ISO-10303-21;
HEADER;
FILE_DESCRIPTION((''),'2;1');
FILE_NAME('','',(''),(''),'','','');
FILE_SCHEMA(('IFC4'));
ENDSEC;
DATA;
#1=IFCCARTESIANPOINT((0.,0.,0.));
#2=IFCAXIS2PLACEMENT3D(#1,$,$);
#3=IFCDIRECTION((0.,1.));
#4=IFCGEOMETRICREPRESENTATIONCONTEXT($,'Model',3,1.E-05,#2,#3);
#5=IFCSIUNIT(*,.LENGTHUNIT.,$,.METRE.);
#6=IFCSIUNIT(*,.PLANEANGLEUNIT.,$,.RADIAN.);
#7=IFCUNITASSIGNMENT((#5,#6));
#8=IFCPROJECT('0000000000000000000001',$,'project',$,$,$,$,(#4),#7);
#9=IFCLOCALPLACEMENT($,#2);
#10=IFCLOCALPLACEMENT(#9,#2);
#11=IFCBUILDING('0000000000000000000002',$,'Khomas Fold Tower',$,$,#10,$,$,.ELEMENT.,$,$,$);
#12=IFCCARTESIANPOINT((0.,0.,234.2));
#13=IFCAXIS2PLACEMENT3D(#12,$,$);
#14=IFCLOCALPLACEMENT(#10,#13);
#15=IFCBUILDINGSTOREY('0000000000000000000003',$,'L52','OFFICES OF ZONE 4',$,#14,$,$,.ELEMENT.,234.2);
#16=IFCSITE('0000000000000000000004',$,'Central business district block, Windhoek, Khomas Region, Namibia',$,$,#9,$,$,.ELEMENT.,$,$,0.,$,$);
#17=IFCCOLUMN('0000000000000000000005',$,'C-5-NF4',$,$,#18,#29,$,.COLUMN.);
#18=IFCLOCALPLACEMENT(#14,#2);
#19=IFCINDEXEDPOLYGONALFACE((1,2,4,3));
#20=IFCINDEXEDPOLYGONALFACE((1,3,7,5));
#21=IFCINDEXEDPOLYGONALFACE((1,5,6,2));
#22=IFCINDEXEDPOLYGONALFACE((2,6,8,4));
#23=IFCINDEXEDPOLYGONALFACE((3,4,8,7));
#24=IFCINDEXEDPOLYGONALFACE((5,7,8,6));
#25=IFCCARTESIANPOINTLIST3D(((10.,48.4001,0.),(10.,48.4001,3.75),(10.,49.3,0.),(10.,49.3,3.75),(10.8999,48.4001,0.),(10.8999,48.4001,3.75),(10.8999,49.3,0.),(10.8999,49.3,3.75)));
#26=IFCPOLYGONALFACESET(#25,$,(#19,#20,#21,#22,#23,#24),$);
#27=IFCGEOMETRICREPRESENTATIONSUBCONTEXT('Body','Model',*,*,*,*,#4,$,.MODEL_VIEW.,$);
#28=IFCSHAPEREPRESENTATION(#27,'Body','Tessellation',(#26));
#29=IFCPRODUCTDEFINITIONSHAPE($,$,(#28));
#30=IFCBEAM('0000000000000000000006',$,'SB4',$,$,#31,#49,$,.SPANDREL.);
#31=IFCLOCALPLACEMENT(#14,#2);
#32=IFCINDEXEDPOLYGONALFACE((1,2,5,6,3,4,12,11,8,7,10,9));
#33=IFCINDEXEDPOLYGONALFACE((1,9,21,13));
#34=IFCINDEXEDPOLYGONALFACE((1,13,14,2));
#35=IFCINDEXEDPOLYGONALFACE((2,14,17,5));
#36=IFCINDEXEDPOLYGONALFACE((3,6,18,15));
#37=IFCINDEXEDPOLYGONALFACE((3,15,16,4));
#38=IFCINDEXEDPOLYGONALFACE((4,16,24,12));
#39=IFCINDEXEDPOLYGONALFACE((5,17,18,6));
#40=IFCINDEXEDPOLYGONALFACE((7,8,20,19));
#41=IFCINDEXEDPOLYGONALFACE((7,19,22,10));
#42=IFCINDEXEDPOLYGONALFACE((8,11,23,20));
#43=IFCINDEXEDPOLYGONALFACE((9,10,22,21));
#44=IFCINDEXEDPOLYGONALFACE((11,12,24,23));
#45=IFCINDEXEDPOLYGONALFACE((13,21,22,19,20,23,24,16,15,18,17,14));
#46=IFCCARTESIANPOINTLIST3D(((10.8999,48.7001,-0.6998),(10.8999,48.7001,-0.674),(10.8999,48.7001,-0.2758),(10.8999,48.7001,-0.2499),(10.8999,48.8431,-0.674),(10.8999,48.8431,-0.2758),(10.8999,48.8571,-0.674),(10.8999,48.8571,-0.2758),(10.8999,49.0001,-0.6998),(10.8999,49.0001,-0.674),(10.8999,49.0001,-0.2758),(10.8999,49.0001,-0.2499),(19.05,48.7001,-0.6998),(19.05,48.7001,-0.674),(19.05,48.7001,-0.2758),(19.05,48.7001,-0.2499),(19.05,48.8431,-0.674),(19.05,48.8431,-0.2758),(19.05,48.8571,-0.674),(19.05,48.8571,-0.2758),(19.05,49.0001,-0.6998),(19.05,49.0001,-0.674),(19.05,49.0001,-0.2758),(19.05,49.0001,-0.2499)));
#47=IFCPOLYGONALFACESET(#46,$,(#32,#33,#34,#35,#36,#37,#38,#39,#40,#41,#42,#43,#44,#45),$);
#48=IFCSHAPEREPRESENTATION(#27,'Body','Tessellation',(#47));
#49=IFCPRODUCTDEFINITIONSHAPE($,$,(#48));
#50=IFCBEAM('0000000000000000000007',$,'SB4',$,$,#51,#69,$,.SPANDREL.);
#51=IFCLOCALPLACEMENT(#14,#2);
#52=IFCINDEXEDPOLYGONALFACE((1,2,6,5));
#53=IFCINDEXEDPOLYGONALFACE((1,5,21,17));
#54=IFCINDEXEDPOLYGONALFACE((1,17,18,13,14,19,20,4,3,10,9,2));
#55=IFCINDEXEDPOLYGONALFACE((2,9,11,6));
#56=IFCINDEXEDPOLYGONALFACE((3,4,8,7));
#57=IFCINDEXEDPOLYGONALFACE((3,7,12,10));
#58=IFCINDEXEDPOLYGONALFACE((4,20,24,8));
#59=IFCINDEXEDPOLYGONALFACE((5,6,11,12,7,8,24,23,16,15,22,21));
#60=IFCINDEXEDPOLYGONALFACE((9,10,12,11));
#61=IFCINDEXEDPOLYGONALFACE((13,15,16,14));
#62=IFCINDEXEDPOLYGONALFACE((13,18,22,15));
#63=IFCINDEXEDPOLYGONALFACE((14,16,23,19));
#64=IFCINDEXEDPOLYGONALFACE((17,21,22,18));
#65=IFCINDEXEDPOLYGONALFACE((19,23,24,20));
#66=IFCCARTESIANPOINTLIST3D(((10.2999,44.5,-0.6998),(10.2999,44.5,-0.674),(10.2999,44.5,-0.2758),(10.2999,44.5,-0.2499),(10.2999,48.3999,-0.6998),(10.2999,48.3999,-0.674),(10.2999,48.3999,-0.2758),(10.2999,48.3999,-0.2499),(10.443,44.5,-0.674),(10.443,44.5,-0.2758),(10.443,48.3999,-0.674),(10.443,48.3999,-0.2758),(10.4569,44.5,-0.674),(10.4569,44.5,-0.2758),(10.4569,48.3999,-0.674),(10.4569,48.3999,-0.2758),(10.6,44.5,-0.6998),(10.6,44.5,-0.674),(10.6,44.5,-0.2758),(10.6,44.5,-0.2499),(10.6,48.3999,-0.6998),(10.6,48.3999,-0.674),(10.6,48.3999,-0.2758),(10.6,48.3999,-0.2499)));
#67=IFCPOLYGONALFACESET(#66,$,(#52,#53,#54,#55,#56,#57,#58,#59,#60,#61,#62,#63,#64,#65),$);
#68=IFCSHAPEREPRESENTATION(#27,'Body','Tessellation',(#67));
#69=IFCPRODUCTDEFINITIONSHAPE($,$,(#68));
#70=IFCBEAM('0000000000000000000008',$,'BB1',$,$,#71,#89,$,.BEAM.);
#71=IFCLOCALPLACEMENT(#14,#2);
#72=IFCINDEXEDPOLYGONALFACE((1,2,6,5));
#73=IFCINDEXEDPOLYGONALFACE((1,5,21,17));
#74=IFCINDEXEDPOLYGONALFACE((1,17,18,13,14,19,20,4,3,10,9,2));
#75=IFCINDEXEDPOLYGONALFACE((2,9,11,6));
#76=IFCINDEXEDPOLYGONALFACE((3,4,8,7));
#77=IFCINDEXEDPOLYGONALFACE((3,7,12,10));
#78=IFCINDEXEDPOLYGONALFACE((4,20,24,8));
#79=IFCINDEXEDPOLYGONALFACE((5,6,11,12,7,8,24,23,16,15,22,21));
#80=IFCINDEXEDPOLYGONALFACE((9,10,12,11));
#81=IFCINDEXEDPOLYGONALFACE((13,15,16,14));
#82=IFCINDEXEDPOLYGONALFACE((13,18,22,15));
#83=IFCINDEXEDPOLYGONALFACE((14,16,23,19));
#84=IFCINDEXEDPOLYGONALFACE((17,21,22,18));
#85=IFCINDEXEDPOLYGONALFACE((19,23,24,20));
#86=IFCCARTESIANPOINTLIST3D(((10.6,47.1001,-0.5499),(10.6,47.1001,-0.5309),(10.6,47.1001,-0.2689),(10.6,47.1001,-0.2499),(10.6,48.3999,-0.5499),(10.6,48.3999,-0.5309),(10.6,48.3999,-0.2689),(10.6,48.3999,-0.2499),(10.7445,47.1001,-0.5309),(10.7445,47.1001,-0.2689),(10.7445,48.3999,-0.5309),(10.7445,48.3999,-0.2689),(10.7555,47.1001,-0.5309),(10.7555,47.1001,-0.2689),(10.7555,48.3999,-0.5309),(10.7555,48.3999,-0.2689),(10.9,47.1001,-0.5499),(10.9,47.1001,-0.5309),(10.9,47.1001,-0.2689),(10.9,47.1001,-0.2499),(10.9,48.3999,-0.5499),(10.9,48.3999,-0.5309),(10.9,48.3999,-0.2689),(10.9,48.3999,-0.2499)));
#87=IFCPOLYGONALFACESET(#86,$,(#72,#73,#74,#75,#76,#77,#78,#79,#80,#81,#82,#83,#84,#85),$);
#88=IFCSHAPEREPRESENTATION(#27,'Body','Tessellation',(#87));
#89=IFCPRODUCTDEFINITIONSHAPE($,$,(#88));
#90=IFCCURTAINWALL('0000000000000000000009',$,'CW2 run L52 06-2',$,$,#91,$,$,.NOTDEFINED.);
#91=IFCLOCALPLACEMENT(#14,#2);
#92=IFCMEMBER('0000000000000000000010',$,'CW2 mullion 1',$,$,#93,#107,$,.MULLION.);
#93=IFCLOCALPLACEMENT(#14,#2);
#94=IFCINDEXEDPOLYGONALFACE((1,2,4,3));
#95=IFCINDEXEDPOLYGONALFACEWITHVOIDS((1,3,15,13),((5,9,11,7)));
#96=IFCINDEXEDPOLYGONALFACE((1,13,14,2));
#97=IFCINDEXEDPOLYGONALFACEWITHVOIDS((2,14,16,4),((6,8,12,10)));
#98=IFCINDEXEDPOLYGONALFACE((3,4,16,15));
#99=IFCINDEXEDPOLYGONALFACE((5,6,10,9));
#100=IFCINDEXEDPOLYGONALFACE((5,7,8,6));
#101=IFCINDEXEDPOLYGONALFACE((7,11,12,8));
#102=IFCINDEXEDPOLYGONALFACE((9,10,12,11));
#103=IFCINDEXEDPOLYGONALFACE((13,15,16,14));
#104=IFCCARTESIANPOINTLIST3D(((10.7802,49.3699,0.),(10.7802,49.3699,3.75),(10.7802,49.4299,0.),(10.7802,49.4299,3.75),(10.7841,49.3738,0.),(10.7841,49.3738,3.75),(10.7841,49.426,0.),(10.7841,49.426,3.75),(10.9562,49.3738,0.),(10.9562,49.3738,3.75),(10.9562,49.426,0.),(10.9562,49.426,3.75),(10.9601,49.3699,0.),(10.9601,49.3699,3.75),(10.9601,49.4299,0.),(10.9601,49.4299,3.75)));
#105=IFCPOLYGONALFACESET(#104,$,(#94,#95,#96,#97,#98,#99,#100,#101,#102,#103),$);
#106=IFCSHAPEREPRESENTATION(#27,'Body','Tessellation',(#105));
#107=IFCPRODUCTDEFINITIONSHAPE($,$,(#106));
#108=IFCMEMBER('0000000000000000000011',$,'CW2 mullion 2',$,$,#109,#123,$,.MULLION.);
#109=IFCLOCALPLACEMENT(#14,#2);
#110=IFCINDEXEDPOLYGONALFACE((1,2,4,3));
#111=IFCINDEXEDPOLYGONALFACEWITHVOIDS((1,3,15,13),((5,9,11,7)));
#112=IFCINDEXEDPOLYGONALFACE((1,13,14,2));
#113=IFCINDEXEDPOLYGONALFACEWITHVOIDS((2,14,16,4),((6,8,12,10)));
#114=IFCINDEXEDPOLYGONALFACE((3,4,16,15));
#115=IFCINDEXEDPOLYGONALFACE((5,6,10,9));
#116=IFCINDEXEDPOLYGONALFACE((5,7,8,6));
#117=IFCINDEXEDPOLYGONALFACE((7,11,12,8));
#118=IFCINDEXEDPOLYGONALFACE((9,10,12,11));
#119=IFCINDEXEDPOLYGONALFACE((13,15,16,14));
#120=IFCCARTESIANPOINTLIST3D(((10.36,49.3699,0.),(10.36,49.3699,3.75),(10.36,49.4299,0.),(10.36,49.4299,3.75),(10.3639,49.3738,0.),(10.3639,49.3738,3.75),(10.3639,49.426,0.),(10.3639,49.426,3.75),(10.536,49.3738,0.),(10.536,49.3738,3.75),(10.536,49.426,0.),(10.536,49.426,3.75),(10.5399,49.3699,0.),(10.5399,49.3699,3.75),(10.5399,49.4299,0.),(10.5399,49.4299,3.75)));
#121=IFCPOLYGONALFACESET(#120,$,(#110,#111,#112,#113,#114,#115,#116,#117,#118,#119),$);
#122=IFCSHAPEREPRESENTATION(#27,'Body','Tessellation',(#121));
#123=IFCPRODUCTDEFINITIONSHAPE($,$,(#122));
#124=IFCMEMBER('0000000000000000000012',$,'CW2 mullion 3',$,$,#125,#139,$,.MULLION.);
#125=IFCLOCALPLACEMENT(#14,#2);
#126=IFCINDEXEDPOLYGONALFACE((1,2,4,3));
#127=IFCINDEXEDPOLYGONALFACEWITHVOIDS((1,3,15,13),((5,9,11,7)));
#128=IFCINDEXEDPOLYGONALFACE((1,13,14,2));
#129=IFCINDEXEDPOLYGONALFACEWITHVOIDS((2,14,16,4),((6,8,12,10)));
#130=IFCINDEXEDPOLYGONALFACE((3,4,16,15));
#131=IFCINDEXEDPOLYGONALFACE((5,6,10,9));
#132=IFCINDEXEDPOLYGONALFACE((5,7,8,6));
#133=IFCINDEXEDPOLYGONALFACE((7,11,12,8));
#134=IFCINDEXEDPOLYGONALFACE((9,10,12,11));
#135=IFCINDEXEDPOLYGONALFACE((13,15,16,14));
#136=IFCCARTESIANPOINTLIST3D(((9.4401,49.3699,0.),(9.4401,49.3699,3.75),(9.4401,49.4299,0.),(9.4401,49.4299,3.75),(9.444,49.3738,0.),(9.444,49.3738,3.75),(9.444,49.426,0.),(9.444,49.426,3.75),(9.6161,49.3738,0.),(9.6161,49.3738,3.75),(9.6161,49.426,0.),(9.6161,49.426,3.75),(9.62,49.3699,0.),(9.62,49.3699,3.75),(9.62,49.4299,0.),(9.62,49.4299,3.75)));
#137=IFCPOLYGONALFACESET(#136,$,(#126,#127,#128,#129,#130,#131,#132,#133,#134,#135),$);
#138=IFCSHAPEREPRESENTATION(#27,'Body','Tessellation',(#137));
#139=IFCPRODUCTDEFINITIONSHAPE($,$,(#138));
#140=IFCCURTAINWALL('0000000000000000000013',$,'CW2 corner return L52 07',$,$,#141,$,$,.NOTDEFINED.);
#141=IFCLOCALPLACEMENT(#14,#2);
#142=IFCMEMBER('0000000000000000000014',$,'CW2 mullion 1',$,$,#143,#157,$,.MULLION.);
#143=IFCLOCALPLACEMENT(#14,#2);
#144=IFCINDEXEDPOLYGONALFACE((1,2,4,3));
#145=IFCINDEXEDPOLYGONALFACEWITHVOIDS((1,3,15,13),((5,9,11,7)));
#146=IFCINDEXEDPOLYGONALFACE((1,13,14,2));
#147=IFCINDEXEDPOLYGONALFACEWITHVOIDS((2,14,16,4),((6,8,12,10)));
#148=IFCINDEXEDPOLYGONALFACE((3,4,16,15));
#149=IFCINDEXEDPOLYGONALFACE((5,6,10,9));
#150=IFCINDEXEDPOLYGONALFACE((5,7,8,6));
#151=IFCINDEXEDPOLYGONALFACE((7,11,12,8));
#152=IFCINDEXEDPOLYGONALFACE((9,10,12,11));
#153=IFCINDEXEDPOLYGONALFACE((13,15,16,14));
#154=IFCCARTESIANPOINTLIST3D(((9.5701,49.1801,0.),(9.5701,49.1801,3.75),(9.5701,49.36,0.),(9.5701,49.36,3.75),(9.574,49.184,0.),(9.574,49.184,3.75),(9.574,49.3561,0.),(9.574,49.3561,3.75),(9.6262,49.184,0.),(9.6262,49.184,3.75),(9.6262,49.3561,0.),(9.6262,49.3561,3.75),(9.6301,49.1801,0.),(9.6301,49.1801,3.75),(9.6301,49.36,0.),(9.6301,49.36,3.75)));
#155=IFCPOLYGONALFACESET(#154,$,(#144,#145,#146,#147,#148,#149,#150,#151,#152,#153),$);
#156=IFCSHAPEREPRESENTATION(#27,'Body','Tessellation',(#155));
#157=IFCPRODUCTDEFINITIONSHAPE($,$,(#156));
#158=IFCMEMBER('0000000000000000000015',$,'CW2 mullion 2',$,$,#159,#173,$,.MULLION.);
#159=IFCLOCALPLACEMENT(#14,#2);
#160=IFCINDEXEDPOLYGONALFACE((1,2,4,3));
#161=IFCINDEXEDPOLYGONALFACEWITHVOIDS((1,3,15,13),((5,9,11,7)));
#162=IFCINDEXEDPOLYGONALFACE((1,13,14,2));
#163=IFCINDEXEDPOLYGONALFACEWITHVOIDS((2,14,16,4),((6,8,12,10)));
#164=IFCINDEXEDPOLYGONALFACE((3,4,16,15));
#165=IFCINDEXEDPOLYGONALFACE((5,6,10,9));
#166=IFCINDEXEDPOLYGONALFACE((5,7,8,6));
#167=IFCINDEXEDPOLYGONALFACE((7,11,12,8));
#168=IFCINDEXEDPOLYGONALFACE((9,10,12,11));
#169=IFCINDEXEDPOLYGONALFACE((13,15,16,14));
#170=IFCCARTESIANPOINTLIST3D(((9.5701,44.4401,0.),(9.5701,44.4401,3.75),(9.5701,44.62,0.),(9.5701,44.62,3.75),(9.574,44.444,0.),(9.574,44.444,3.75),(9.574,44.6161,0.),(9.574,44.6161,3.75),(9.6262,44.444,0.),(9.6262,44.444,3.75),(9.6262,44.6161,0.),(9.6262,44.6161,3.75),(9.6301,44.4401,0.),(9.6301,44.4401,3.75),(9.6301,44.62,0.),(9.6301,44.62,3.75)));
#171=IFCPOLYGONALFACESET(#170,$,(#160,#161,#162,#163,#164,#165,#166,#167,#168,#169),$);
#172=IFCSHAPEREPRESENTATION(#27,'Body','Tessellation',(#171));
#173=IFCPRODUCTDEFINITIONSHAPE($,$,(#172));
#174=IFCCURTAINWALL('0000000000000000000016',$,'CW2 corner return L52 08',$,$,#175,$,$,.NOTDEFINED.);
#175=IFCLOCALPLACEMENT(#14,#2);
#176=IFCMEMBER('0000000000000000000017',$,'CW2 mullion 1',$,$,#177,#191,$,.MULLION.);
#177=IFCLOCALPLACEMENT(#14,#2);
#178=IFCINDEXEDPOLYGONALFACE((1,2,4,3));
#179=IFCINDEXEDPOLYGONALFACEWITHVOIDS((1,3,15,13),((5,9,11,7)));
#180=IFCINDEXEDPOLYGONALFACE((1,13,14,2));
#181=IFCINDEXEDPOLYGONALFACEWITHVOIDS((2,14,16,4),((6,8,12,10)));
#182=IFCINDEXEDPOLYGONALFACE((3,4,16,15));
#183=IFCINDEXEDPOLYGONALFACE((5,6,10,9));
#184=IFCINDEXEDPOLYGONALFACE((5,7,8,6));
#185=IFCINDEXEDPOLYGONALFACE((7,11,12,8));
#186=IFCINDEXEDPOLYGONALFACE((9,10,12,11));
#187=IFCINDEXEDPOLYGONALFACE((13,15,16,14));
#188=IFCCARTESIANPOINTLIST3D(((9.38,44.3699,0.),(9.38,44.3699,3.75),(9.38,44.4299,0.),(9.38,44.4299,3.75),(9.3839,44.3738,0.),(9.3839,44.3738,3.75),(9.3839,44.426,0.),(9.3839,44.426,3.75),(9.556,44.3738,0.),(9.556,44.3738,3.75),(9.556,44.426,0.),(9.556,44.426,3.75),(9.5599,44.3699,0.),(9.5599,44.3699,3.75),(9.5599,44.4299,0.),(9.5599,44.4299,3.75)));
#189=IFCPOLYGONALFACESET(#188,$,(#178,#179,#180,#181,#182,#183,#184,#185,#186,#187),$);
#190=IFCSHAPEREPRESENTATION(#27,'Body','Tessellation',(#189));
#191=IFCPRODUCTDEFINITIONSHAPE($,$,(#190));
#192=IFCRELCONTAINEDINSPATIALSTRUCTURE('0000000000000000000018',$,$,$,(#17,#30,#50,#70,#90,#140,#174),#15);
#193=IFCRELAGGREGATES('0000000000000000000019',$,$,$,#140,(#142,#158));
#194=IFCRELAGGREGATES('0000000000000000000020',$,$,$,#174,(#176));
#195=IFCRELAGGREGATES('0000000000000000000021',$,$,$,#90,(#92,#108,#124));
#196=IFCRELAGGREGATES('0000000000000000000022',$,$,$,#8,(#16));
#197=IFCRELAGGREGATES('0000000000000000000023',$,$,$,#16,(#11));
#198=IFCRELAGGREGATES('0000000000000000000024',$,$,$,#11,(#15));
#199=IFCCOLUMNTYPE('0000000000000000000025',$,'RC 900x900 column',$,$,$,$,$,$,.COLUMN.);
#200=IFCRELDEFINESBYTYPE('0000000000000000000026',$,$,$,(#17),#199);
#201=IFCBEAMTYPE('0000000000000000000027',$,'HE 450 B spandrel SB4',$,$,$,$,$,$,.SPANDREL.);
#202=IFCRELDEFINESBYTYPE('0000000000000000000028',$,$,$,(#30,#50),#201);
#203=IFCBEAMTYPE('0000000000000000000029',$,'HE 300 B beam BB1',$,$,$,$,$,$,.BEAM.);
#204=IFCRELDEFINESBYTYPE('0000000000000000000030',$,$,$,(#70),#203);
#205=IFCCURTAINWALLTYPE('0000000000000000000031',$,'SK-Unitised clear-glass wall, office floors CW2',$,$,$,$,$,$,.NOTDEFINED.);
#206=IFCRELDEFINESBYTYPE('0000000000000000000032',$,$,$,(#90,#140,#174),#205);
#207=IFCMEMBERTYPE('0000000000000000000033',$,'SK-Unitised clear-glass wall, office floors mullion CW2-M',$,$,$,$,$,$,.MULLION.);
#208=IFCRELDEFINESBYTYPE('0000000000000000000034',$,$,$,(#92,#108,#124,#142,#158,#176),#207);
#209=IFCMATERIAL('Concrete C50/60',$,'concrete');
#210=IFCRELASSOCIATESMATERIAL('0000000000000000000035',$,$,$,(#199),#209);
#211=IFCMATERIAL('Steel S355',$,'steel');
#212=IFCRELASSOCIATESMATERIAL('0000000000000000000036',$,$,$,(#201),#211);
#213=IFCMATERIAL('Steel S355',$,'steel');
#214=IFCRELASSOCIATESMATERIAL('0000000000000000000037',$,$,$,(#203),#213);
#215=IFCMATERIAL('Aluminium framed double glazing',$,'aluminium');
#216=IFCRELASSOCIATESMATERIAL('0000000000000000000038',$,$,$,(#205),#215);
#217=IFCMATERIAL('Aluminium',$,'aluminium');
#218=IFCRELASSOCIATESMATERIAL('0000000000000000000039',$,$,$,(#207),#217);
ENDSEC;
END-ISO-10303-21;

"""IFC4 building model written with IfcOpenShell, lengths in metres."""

from ifc_helpers import new_model, si_unit, direction, frame, origin, origin_2d, place, context, subcontext, project, spatial, rectangle, hollow_rectangle, i_section, extrude, source, transform, mapped, material, material_profile, profile_set, type_object, element, aggregate, save


model = new_model("IFC4")

# Units and contexts
model_context = context("Model", 3, precision=1e-05, world=origin(), true_north=direction((0.0, 1.0)))
body_context = subcontext(model_context, "Body", "Model", "MODEL_VIEW")
ifc_project = project(units=[si_unit("LENGTHUNIT", "METRE"), si_unit("PLANEANGLEUNIT", "RADIAN")], contexts=[model_context])

# Site, building, storey
site_placement = place(None, origin())
site = spatial("IfcSite", under=ifc_project, at=site_placement, Name="Central business district block, Windhoek, Khomas Region, Namibia", CompositionType="ELEMENT", RefElevation=0.0)
building_placement = place(site_placement, origin())
building = spatial("IfcBuilding", under=site, at=building_placement, Name="Khomas Fold Tower", CompositionType="ELEMENT")
storey_placement = place(building_placement, frame((0.0, 0.0, 234.2)))
storey = spatial("IfcBuildingStorey", under=building, at=storey_placement, Name="L52", Description="OFFICES OF ZONE 4", CompositionType="ELEMENT", Elevation=234.2)

# Column
ifc_material_1 = material(Name="Concrete C50/60", Category="concrete")
ifc_material_profile_1 = material_profile(ifc_material_1, rectangle(XDim=0.8999, YDim=0.8999, at=origin_2d()), Name="RC 900x900")
ifc_profile_set_1 = profile_set([ifc_material_profile_1], Name="Concrete C50/60")
column_type = type_object("IfcColumnType", Name="RC 900x900 column", PredefinedType="COLUMN", material=ifc_profile_set_1)
shared_shape_1 = source(origin(), body_context, "Body", "SweptSolid", [
    extrude(rectangle(XDim=0.8999, YDim=0.8999, at=origin_2d()), origin(), (0.0, 0.0, 1.0), 3.75),
])
column_placement = place(storey_placement, frame((10.45, 48.8501, 0.0), z_axis=(0.0, 0.0, 1.0), x_axis=(1.0, 0.0, 0.0)))
element("IfcColumn", 1, at=column_placement, inside=storey, type_object=column_type, Name="C-5-NF4", PredefinedType="COLUMN", context=body_context, shape_type="MappedRepresentation", body=[
    mapped(shared_shape_1, transform((0.0, 0.0, 0.0))),
])

# Beams
ifc_material_2 = material(Name="Steel S355", Category="steel")
ifc_material_profile_2 = material_profile(ifc_material_2, i_section(OverallWidth=0.3, OverallDepth=0.45, WebThickness=0.0139, FlangeThickness=0.0259, at=origin_2d()), Name="HE 450 B")
ifc_profile_set_2 = profile_set([ifc_material_profile_2], Name="Steel S355")
beam_type_1 = type_object("IfcBeamType", Name="HE 450 B spandrel SB4", PredefinedType="SPANDREL", material=ifc_profile_set_2)
shared_shape_2 = source(origin(), body_context, "Body", "SweptSolid", [
    extrude(i_section(OverallWidth=0.3, OverallDepth=0.45, WebThickness=0.0139, FlangeThickness=0.0259, at=origin_2d()), origin(), (0.0, 0.0, 1.0), 8.1501),
])
beam_1_placement = place(storey_placement, frame((10.8999, 48.8501, -0.4749), z_axis=(1.0, 0.0, 0.0), x_axis=(0.0, 1.0, 0.0)))
element("IfcBeam", 2, at=beam_1_placement, inside=storey, type_object=beam_type_1, Name="SB4", PredefinedType="SPANDREL", context=body_context, shape_type="MappedRepresentation", body=[
    mapped(shared_shape_2, transform((0.0, 0.0, 0.0))),
])
shared_shape_3 = source(origin(), body_context, "Body", "SweptSolid", [
    extrude(i_section(OverallWidth=0.3, OverallDepth=0.45, WebThickness=0.0139, FlangeThickness=0.0259, at=origin_2d()), origin(), (0.0, 0.0, 1.0), 3.8999),
])
beam_2_placement = place(storey_placement, frame((10.45, 44.5, -0.4749), z_axis=(0.0, 1.0, 0.0), x_axis=(-1.0, 0.0, 0.0)))
element("IfcBeam", 3, at=beam_2_placement, inside=storey, type_object=beam_type_1, Name="SB4", PredefinedType="SPANDREL", context=body_context, shape_type="MappedRepresentation", body=[
    mapped(shared_shape_3, transform((0.0, 0.0, 0.0))),
])
ifc_material_3 = material(Name="Steel S355", Category="steel")
ifc_material_profile_3 = material_profile(ifc_material_3, i_section(OverallWidth=0.3, OverallDepth=0.3, WebThickness=0.011, FlangeThickness=0.019, at=origin_2d()), Name="HE 300 B")
ifc_profile_set_3 = profile_set([ifc_material_profile_3], Name="Steel S355")
beam_type_2 = type_object("IfcBeamType", Name="HE 300 B beam BB1", PredefinedType="BEAM", material=ifc_profile_set_3)
shared_shape_4 = source(origin(), body_context, "Body", "SweptSolid", [
    extrude(i_section(OverallWidth=0.3, OverallDepth=0.3, WebThickness=0.011, FlangeThickness=0.019, at=origin_2d()), origin(), (0.0, 0.0, 1.0), 1.2998),
])
beam_3_placement = place(storey_placement, frame((10.75, 47.1001, -0.3999), z_axis=(0.0, 1.0, 0.0), x_axis=(-1.0, 0.0, 0.0)))
element("IfcBeam", 4, at=beam_3_placement, inside=storey, type_object=beam_type_2, Name="BB1", PredefinedType="BEAM", context=body_context, shape_type="MappedRepresentation", body=[
    mapped(shared_shape_4, transform((0.0, 0.0, 0.0))),
])

# Curtain walls, members
ifc_material_4 = material(Name="Aluminium framed double glazing", Category="aluminium")
curtain_wall_type = type_object("IfcCurtainWallType", Name="SK-Unitised clear-glass wall, office floors CW2", PredefinedType="NOTDEFINED", material=ifc_material_4)
curtain_wall_1_placement = place(storey_placement, origin())
curtain_wall_1 = element("IfcCurtainWall", 5, at=curtain_wall_1_placement, inside=storey, type_object=curtain_wall_type, Name="CW2 run L52 06-2", PredefinedType="NOTDEFINED")
ifc_material_5 = material(Name="Aluminium", Category="aluminium")
ifc_material_profile_4 = material_profile(ifc_material_5, hollow_rectangle(XDim=0.0601, YDim=0.1799, WallThickness=0.0039, at=origin_2d()), Name="SK-Unitised clear-glass wall, office floors mullion CW2-M")
ifc_profile_set_4 = profile_set([ifc_material_profile_4], Name="Aluminium")
member_type_1 = type_object("IfcMemberType", Name="SK-Unitised clear-glass wall, office floors mullion CW2-M", PredefinedType="MULLION", material=ifc_profile_set_4)
shared_shape_5 = source(origin(), body_context, "Body", "SweptSolid", [
    extrude(hollow_rectangle(XDim=0.0601, YDim=0.1799, WallThickness=0.0039, at=origin_2d()), origin(), (0.0, 0.0, 1.0), 3.75),
])
member_1_placement = place(storey_placement, frame((10.8701, 49.3999, 0.0), z_axis=(0.0, 0.0, 1.0), x_axis=(0.0, -1.0, 0.0)))
member_1 = element("IfcMember", 6, at=member_1_placement, type_object=member_type_1, Name="CW2 mullion 1", PredefinedType="MULLION", context=body_context, shape_type="MappedRepresentation", body=[
    mapped(shared_shape_5, transform((0.0, 0.0, 0.0))),
])
member_2_placement = place(storey_placement, frame((10.45, 49.3999, 0.0), z_axis=(0.0, 0.0, 1.0), x_axis=(0.0, -1.0, 0.0)))
member_2 = element("IfcMember", 7, at=member_2_placement, type_object=member_type_1, Name="CW2 mullion 2", PredefinedType="MULLION", context=body_context, shape_type="MappedRepresentation", body=[
    mapped(shared_shape_5, transform((0.0, 0.0, 0.0))),
])
member_3_placement = place(storey_placement, frame((9.53, 49.3999, 0.0), z_axis=(0.0, 0.0, 1.0), x_axis=(0.0, -1.0, 0.0)))
member_3 = element("IfcMember", 8, at=member_3_placement, type_object=member_type_1, Name="CW2 mullion 3", PredefinedType="MULLION", context=body_context, shape_type="MappedRepresentation", body=[
    mapped(shared_shape_5, transform((0.0, 0.0, 0.0))),
])
curtain_wall_2_placement = place(storey_placement, origin())
curtain_wall_2 = element("IfcCurtainWall", 9, at=curtain_wall_2_placement, inside=storey, type_object=curtain_wall_type, Name="CW2 corner return L52 07", PredefinedType="NOTDEFINED")
member_4_placement = place(storey_placement, frame((9.6001, 49.27, 0.0), z_axis=(0.0, 0.0, 1.0), x_axis=(1.0, 0.0, 0.0)))
member_4 = element("IfcMember", 10, at=member_4_placement, type_object=member_type_1, Name="CW2 mullion 1", PredefinedType="MULLION", context=body_context, shape_type="MappedRepresentation", body=[
    mapped(shared_shape_5, transform((0.0, 0.0, 0.0))),
])
member_5_placement = place(storey_placement, frame((9.6001, 44.53, 0.0), z_axis=(0.0, 0.0, 1.0), x_axis=(1.0, 0.0, 0.0)))
member_5 = element("IfcMember", 11, at=member_5_placement, type_object=member_type_1, Name="CW2 mullion 2", PredefinedType="MULLION", context=body_context, shape_type="MappedRepresentation", body=[
    mapped(shared_shape_5, transform((0.0, 0.0, 0.0))),
])
curtain_wall_3_placement = place(storey_placement, origin())
curtain_wall_3 = element("IfcCurtainWall", 12, at=curtain_wall_3_placement, inside=storey, type_object=curtain_wall_type, Name="CW2 corner return L52 08", PredefinedType="NOTDEFINED")
member_6_placement = place(storey_placement, frame((9.47, 44.3999, 0.0), z_axis=(0.0, 0.0, 1.0), x_axis=(0.0, -1.0, 0.0)))
member_6 = element("IfcMember", 13, at=member_6_placement, type_object=member_type_1, Name="CW2 mullion 1", PredefinedType="MULLION", context=body_context, shape_type="MappedRepresentation", body=[
    mapped(shared_shape_5, transform((0.0, 0.0, 0.0))),
])

aggregate(curtain_wall_2, [member_4, member_5])
aggregate(curtain_wall_3, [member_6])
aggregate(curtain_wall_1, [member_1, member_2, member_3])

save(model, "model.ifc")
